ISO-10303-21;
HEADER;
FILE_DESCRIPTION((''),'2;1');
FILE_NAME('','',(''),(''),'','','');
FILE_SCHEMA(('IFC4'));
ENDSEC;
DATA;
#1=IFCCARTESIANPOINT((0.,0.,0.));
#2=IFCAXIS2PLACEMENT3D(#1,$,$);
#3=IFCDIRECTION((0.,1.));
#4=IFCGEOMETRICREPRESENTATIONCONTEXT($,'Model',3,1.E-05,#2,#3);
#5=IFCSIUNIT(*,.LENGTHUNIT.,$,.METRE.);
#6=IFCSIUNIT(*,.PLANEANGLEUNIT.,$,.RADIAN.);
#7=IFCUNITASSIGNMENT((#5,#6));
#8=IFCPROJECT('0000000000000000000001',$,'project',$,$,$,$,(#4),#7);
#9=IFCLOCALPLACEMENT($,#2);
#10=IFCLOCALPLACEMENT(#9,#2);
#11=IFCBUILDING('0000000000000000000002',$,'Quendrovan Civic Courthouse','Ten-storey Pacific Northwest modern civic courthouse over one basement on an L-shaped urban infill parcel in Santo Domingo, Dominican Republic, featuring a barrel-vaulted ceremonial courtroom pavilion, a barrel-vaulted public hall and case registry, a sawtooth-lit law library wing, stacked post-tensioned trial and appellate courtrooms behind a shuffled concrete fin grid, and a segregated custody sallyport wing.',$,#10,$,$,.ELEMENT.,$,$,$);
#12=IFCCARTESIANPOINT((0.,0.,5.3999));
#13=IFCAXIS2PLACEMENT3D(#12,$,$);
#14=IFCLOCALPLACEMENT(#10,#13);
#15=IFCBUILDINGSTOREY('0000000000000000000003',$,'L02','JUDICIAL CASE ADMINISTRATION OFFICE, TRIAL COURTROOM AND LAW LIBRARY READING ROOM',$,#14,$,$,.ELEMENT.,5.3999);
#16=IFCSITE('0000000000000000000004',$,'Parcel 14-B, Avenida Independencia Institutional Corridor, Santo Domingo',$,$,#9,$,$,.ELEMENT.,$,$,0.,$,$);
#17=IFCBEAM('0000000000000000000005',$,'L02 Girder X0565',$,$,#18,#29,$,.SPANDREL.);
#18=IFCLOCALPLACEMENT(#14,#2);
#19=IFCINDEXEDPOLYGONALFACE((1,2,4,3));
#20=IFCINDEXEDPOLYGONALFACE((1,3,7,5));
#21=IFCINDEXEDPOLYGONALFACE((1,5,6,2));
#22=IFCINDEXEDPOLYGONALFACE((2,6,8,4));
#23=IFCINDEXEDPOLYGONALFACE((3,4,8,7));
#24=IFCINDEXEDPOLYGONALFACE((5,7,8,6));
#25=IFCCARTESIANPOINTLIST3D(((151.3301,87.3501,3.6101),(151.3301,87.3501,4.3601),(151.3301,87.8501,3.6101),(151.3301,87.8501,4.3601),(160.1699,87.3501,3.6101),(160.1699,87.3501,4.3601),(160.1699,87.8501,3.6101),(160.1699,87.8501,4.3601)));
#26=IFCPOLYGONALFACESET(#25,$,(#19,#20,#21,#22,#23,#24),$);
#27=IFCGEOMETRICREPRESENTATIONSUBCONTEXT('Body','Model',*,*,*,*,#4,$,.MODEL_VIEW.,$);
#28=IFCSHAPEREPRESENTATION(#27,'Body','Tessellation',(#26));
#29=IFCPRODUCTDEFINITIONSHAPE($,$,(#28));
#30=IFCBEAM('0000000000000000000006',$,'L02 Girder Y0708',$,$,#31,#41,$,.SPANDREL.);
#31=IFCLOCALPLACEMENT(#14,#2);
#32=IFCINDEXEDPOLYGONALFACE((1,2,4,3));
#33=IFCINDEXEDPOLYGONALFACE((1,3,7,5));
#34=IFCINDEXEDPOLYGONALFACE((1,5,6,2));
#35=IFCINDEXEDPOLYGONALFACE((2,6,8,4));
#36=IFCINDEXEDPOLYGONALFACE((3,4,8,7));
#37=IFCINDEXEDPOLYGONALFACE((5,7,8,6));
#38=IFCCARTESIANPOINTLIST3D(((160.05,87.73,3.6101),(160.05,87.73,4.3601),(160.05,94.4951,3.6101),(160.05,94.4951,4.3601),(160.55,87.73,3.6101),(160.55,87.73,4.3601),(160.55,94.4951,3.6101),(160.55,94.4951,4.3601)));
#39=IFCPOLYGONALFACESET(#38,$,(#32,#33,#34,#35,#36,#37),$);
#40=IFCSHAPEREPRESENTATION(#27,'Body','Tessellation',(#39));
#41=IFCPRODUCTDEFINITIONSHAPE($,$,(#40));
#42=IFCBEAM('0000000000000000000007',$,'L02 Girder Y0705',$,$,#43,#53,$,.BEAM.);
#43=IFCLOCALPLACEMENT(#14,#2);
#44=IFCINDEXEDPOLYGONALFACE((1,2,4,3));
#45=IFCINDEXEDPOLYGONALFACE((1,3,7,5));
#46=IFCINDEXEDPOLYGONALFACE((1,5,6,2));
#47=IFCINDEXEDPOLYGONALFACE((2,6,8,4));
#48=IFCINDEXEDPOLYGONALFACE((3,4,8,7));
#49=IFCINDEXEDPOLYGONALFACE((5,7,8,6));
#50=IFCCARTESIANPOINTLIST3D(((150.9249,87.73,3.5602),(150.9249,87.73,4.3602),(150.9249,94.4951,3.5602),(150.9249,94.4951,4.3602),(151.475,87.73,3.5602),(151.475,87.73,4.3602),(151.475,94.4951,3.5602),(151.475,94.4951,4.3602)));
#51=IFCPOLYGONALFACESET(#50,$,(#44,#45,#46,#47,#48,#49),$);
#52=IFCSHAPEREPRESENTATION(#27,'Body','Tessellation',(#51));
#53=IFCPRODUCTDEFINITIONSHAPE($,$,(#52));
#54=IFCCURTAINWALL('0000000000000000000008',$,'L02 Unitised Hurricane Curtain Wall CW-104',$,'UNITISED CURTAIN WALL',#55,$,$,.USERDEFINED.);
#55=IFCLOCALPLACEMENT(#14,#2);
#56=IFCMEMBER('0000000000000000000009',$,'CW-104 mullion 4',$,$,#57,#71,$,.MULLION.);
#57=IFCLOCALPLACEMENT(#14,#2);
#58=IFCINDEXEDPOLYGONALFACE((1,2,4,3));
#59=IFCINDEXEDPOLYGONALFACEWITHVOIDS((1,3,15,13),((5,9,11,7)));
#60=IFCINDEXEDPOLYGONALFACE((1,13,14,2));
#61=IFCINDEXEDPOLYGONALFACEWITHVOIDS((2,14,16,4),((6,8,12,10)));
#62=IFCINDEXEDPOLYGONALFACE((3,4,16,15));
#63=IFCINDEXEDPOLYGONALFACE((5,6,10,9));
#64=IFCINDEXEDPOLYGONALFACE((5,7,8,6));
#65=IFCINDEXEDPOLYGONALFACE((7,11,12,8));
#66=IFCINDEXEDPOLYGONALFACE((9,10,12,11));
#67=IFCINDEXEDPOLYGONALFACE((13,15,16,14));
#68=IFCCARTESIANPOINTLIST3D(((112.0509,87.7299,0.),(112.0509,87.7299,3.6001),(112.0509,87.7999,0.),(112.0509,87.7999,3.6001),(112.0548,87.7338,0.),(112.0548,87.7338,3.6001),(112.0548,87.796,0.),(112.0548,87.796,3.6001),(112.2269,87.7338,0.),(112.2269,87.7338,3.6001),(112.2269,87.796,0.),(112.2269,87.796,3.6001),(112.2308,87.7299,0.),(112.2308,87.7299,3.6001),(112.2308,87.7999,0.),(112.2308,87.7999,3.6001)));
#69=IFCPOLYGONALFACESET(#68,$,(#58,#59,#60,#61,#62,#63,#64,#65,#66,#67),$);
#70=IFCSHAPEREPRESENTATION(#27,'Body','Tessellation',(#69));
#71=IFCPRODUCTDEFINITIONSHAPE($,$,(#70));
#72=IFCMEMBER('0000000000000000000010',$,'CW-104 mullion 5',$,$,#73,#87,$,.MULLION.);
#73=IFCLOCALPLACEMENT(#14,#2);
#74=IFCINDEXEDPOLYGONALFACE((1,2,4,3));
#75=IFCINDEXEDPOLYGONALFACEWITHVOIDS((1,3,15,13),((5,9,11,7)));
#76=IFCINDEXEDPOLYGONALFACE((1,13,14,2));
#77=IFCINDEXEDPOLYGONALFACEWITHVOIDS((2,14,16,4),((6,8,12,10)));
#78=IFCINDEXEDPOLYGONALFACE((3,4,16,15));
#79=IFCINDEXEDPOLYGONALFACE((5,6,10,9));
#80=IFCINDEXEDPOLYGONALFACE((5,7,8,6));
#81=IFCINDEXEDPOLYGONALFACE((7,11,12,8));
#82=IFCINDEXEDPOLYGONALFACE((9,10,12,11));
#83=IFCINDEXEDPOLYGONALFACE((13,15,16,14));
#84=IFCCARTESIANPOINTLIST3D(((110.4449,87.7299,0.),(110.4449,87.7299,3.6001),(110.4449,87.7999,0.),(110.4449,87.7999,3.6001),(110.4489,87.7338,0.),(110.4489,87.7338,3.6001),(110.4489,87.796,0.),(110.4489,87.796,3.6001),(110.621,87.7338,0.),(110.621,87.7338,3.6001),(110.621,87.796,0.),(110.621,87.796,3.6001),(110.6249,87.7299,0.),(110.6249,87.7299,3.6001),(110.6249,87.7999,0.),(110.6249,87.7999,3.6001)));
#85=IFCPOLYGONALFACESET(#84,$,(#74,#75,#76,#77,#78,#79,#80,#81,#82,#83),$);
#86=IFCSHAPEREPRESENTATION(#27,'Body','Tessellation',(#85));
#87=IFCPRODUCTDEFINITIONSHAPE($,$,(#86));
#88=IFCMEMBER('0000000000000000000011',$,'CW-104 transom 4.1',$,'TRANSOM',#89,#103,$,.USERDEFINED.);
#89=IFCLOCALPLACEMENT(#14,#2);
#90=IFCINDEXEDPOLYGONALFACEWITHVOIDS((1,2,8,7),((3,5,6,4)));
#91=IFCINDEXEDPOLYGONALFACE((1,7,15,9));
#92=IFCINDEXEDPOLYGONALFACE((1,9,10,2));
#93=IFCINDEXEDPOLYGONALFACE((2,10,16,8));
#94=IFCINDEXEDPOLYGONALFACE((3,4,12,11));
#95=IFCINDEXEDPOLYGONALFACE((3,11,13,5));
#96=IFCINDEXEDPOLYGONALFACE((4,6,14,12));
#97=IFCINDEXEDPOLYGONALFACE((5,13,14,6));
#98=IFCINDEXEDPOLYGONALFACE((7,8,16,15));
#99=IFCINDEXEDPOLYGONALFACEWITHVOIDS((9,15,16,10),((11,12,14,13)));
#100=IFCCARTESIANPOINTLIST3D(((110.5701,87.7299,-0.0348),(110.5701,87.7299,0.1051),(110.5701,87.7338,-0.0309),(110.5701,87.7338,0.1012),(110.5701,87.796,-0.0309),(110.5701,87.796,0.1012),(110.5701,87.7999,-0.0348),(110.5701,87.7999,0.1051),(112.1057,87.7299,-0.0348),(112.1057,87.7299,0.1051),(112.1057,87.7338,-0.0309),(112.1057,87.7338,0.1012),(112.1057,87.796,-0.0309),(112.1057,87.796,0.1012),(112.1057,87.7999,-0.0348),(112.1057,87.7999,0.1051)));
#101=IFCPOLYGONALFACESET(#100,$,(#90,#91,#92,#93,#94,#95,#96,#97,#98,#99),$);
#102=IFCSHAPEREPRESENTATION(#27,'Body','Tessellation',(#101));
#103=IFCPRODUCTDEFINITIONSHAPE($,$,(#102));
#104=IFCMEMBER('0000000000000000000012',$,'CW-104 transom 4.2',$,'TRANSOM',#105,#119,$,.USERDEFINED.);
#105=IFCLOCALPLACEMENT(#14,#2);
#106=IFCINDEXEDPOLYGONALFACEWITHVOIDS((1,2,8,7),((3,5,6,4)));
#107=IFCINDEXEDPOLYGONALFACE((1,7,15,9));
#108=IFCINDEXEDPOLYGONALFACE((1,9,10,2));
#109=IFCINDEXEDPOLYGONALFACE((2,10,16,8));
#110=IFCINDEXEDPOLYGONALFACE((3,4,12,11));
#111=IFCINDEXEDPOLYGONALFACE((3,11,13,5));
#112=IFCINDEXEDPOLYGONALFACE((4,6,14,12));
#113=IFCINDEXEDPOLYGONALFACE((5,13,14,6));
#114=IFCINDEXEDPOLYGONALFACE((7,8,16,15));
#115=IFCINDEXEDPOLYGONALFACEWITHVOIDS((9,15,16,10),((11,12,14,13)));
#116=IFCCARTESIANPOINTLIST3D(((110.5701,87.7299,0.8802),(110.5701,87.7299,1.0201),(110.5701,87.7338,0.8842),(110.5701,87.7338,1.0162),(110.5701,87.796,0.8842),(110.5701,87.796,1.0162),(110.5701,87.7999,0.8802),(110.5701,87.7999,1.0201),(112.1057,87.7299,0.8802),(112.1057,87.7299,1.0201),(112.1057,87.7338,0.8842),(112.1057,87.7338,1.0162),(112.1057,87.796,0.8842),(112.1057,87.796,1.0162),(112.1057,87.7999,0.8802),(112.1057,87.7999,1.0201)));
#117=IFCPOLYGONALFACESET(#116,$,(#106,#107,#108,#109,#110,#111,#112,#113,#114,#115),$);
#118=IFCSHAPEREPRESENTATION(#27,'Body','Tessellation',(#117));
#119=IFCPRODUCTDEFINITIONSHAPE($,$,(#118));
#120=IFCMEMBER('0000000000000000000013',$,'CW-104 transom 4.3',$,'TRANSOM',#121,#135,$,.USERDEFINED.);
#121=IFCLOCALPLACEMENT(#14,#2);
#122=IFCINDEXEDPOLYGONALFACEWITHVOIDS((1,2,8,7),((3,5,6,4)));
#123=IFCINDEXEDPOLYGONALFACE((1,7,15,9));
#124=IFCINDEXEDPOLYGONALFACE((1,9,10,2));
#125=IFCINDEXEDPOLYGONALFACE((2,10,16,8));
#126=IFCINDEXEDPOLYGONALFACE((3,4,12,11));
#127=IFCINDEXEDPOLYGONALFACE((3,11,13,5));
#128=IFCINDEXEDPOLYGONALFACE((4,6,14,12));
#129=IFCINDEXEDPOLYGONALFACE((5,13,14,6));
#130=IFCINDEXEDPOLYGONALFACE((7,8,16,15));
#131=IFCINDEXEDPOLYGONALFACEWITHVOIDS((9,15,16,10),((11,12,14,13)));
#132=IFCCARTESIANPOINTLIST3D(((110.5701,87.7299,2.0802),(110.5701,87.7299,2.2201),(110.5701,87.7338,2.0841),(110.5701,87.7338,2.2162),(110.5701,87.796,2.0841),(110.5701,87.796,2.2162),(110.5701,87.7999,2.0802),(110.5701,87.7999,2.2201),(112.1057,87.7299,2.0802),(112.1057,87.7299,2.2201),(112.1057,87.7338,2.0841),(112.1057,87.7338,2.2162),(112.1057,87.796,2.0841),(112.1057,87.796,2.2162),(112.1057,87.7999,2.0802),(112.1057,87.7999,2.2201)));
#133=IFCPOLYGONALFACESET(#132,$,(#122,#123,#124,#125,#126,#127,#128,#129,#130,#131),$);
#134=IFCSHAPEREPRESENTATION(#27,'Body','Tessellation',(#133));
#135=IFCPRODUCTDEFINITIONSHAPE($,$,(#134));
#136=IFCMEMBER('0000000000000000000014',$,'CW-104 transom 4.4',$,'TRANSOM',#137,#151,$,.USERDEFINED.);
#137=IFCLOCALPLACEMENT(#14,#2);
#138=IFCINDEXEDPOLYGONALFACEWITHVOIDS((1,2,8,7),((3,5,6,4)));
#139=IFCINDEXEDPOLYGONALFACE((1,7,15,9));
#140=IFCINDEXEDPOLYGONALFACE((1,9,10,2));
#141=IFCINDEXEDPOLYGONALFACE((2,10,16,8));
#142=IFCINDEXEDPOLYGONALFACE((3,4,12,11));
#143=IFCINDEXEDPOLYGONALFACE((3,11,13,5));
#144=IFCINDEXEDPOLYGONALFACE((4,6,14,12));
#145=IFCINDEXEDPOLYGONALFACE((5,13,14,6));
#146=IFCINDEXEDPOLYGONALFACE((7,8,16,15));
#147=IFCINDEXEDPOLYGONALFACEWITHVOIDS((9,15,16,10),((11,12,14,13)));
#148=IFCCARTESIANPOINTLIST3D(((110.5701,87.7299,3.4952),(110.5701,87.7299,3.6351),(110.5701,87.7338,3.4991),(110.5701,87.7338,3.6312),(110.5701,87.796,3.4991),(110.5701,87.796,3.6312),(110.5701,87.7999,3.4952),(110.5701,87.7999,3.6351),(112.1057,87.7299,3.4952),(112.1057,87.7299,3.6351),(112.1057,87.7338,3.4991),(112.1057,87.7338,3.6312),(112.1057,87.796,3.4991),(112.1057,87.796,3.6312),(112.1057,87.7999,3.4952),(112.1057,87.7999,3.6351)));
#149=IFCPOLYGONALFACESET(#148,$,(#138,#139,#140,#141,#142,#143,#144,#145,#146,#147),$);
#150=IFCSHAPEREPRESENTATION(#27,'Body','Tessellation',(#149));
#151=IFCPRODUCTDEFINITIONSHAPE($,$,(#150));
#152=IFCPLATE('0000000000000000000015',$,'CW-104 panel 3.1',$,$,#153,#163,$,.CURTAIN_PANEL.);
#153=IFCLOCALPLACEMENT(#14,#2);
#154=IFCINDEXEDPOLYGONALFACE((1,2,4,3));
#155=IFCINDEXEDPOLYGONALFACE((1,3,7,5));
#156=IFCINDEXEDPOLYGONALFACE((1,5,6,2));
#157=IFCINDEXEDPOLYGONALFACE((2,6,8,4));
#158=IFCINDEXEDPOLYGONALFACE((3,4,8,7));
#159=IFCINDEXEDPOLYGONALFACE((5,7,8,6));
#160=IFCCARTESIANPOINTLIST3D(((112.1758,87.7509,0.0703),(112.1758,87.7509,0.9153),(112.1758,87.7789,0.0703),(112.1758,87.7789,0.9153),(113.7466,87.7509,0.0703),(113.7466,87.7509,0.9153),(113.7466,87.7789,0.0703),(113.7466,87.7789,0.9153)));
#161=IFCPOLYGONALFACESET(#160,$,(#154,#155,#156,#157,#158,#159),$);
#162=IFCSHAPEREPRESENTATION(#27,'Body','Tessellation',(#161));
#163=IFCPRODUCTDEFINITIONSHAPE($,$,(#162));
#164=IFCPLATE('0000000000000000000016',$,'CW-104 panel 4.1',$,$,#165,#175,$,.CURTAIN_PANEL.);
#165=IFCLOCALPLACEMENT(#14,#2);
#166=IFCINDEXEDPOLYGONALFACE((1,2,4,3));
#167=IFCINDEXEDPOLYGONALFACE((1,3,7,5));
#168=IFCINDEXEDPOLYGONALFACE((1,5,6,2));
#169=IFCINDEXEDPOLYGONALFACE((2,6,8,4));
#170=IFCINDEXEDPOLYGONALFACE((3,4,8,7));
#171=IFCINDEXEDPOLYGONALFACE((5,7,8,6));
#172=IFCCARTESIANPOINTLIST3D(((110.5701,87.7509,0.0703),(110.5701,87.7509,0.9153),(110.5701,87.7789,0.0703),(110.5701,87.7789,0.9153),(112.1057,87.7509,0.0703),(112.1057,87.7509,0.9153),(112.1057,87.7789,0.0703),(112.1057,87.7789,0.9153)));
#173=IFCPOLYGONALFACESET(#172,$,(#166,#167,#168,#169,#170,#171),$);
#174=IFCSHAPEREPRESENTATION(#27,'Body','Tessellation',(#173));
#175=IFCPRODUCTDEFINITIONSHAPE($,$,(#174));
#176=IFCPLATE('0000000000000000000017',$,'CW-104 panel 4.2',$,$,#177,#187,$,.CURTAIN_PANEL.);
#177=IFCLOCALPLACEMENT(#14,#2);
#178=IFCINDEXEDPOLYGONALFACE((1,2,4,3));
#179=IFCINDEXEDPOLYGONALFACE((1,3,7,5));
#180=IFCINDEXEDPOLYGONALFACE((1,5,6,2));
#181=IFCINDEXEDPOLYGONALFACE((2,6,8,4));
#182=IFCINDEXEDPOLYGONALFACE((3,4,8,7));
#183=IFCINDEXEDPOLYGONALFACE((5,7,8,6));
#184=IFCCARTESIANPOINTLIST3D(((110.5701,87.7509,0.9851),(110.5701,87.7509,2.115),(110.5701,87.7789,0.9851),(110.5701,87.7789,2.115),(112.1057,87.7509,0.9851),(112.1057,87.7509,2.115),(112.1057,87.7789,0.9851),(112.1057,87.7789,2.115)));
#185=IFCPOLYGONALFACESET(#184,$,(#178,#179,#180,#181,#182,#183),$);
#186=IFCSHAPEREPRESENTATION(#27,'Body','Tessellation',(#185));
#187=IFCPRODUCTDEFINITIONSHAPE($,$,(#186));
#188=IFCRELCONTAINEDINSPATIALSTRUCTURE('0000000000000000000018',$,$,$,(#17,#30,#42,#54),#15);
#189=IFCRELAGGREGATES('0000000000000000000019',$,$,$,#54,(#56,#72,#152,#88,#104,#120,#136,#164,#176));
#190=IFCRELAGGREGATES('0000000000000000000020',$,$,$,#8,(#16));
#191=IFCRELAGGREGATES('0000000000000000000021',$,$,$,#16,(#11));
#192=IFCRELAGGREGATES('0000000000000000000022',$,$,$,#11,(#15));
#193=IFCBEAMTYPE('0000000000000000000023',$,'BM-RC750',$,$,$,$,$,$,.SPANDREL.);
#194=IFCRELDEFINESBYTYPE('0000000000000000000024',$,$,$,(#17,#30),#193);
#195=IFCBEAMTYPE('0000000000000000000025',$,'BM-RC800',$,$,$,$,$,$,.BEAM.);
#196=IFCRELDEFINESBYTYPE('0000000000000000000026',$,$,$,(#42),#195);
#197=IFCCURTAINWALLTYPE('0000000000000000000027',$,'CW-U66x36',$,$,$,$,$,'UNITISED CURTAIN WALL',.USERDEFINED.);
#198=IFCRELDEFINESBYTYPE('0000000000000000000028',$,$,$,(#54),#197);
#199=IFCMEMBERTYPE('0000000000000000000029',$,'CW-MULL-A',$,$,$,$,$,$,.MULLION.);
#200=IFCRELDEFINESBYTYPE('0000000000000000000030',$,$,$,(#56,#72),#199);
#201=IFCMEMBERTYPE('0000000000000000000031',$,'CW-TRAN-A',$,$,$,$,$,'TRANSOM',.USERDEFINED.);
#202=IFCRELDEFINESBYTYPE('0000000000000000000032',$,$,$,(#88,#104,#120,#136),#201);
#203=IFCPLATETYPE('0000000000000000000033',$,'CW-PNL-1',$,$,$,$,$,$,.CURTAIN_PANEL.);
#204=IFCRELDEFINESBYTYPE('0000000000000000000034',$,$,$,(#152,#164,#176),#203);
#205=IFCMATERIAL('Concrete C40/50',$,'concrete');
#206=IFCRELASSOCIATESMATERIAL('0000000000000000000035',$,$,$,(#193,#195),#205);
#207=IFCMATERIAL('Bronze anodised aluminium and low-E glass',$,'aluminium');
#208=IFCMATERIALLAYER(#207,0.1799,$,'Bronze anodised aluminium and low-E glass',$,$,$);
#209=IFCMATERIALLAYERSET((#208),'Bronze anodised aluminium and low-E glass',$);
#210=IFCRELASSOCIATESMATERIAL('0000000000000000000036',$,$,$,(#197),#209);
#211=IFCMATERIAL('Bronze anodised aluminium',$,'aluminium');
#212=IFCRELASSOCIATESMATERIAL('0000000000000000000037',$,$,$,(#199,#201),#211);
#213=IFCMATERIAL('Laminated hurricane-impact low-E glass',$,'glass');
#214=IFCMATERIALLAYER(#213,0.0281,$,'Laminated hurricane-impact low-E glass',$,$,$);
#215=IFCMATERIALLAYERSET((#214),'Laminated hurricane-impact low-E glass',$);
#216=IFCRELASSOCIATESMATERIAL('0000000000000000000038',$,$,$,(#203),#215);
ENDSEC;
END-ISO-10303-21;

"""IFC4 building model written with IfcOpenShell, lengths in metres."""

from ifc_helpers import new_model, si_unit, direction, frame, origin, origin_2d, place, context, subcontext, project, spatial, rectangle, hollow_rectangle, extrude, material, layer, layer_set, material_profile, profile_set, type_object, element, aggregate, save


model = new_model("IFC4")

# Units and contexts
model_context = context("Model", 3, precision=1e-05, world=origin(), true_north=direction((0.0, 1.0)))
body_context = subcontext(model_context, "Body", "Model", "MODEL_VIEW")
ifc_project = project(units=[si_unit("LENGTHUNIT", "METRE"), si_unit("PLANEANGLEUNIT", "RADIAN")], contexts=[model_context])

# Site, building, storey
site_placement = place(None, origin())
site = spatial("IfcSite", under=ifc_project, at=site_placement, Name="Parcel 14-B, Avenida Independencia Institutional Corridor, Santo Domingo", CompositionType="ELEMENT", RefElevation=0.0)
building_placement = place(site_placement, origin())
building = spatial("IfcBuilding", under=site, at=building_placement, Name="Quendrovan Civic Courthouse", Description="Ten-storey Pacific Northwest modern civic courthouse over one basement on an L-shaped urban infill parcel in Santo Domingo, Dominican Republic, featuring a barrel-vaulted ceremonial courtroom pavilion, a barrel-vaulted public hall and case registry, a sawtooth-lit law library wing, stacked post-tensioned trial and appellate courtrooms behind a shuffled concrete fin grid, and a segregated custody sallyport wing.", CompositionType="ELEMENT")
storey_placement = place(building_placement, frame((0.0, 0.0, 5.3999)))
storey = spatial("IfcBuildingStorey", under=building, at=storey_placement, Name="L02", Description="JUDICIAL CASE ADMINISTRATION OFFICE, TRIAL COURTROOM AND LAW LIBRARY READING ROOM", CompositionType="ELEMENT", Elevation=5.3999)

# Beams
ifc_material_1 = material(Name="Concrete C40/50", Category="concrete")
ifc_material_profile_1 = material_profile(ifc_material_1, rectangle(XDim=0.5, YDim=0.75, at=origin_2d()), Name="RC-BM-500x750")
ifc_profile_set_1 = profile_set([ifc_material_profile_1], Name="Concrete C40/50")
beam_type_1 = type_object("IfcBeamType", Name="BM-RC750", PredefinedType="SPANDREL", material=ifc_profile_set_1)
beam_1_placement = place(storey_placement, frame((151.3301, 87.6001, 3.9851), z_axis=(1.0, 0.0, 0.0), x_axis=(0.0, 1.0, 0.0)))
element("IfcBeam", 1, at=beam_1_placement, inside=storey, type_object=beam_type_1, Name="L02 Girder X0565", PredefinedType="SPANDREL", context=body_context, shape_type="SweptSolid", body=[
    extrude(rectangle(XDim=0.5, YDim=0.75, at=origin_2d()), origin(), (0.0, 0.0, 1.0), 8.8398),
])
beam_2_placement = place(storey_placement, frame((160.3, 87.73, 3.9851), z_axis=(0.0, 1.0, 0.0), x_axis=(-1.0, 0.0, 0.0)))
element("IfcBeam", 2, at=beam_2_placement, inside=storey, type_object=beam_type_1, Name="L02 Girder Y0708", PredefinedType="SPANDREL", context=body_context, shape_type="SweptSolid", body=[
    extrude(rectangle(XDim=0.5, YDim=0.75, at=origin_2d()), origin(), (0.0, 0.0, 1.0), 6.7651),
])
ifc_material_profile_2 = material_profile(ifc_material_1, rectangle(XDim=0.55, YDim=0.8, at=origin_2d()), Name="RC-BM-550x800")
ifc_profile_set_2 = profile_set([ifc_material_profile_2], Name="Concrete C40/50")
beam_type_2 = type_object("IfcBeamType", Name="BM-RC800", PredefinedType="BEAM", material=ifc_profile_set_2)
beam_3_placement = place(storey_placement, frame((151.2, 87.73, 3.9602), z_axis=(0.0, 1.0, 0.0), x_axis=(-1.0, 0.0, 0.0)))
element("IfcBeam", 3, at=beam_3_placement, inside=storey, type_object=beam_type_2, Name="L02 Girder Y0705", PredefinedType="BEAM", context=body_context, shape_type="SweptSolid", body=[
    extrude(rectangle(XDim=0.55, YDim=0.8, at=origin_2d()), origin(), (0.0, 0.0, 1.0), 6.7651),
])

# Curtain wall, members, plates
ifc_material_2 = material(Name="Bronze anodised aluminium and low-E glass", Category="aluminium")
ifc_layer_1 = layer(ifc_material_2, 0.1799, Name="Bronze anodised aluminium and low-E glass")
ifc_layer_set_1 = layer_set([ifc_layer_1], Name="Bronze anodised aluminium and low-E glass")
curtain_wall_type = type_object("IfcCurtainWallType", Name="CW-U66x36", ElementType="UNITISED CURTAIN WALL", PredefinedType="USERDEFINED", material=ifc_layer_set_1)
curtain_wall_placement = place(storey_placement, origin())
curtain_wall = element("IfcCurtainWall", 4, at=curtain_wall_placement, inside=storey, type_object=curtain_wall_type, Name="L02 Unitised Hurricane Curtain Wall CW-104", ObjectType="UNITISED CURTAIN WALL", PredefinedType="USERDEFINED")
ifc_material_3 = material(Name="Bronze anodised aluminium", Category="aluminium")
ifc_material_profile_3 = material_profile(ifc_material_3, hollow_rectangle(XDim=0.0701, YDim=0.1799, WallThickness=0.0039, at=origin_2d()), Name="CW-MULL-70x180")
ifc_profile_set_3 = profile_set([ifc_material_profile_3], Name="Bronze anodised aluminium")
member_type_1 = type_object("IfcMemberType", Name="CW-MULL-A", PredefinedType="MULLION", material=ifc_profile_set_3)
member_1_placement = place(storey_placement, frame((112.1409, 87.7649, 0.0), z_axis=(0.0, 0.0, 1.0), x_axis=(0.0, -1.0, 0.0)))
member_1 = element("IfcMember", 5, at=member_1_placement, type_object=member_type_1, Name="CW-104 mullion 4", PredefinedType="MULLION", context=body_context, shape_type="SweptSolid", body=[
    extrude(hollow_rectangle(XDim=0.0701, YDim=0.1799, WallThickness=0.0039, at=origin_2d()), origin(), (0.0, 0.0, 1.0), 3.6001),
])
member_2_placement = place(storey_placement, frame((110.5349, 87.7649, 0.0), z_axis=(0.0, 0.0, 1.0), x_axis=(0.0, -1.0, 0.0)))
member_2 = element("IfcMember", 6, at=member_2_placement, type_object=member_type_1, Name="CW-104 mullion 5", PredefinedType="MULLION", context=body_context, shape_type="SweptSolid", body=[
    extrude(hollow_rectangle(XDim=0.0701, YDim=0.1799, WallThickness=0.0039, at=origin_2d()), origin(), (0.0, 0.0, 1.0), 3.6001),
])
ifc_material_profile_4 = material_profile(ifc_material_3, hollow_rectangle(XDim=0.0701, YDim=0.1399, WallThickness=0.0039, at=origin_2d()), Name="CW-TRAN-70x140")
ifc_profile_set_4 = profile_set([ifc_material_profile_4], Name="Bronze anodised aluminium")
member_type_2 = type_object("IfcMemberType", Name="CW-TRAN-A", ElementType="TRANSOM", PredefinedType="USERDEFINED", material=ifc_profile_set_4)
member_3_placement = place(storey_placement, frame((112.1057, 87.7649, 0.0352), z_axis=(-1.0, 0.0, 0.0), x_axis=(0.0, -1.0, 0.0)))
member_3 = element("IfcMember", 7, at=member_3_placement, type_object=member_type_2, Name="CW-104 transom 4.1", ObjectType="TRANSOM", PredefinedType="USERDEFINED", context=body_context, shape_type="SweptSolid", body=[
    extrude(hollow_rectangle(XDim=0.0701, YDim=0.1399, WallThickness=0.0039, at=origin_2d()), origin(), (0.0, 0.0, 1.0), 1.5356),
])
member_4_placement = place(storey_placement, frame((112.1057, 87.7649, 0.9502), z_axis=(-1.0, 0.0, 0.0), x_axis=(0.0, -1.0, 0.0)))
member_4 = element("IfcMember", 8, at=member_4_placement, type_object=member_type_2, Name="CW-104 transom 4.2", ObjectType="TRANSOM", PredefinedType="USERDEFINED", context=body_context, shape_type="SweptSolid", body=[
    extrude(hollow_rectangle(XDim=0.0701, YDim=0.1399, WallThickness=0.0039, at=origin_2d()), origin(), (0.0, 0.0, 1.0), 1.5356),
])
member_5_placement = place(storey_placement, frame((112.1057, 87.7649, 2.1501), z_axis=(-1.0, 0.0, 0.0), x_axis=(0.0, -1.0, 0.0)))
member_5 = element("IfcMember", 9, at=member_5_placement, type_object=member_type_2, Name="CW-104 transom 4.3", ObjectType="TRANSOM", PredefinedType="USERDEFINED", context=body_context, shape_type="SweptSolid", body=[
    extrude(hollow_rectangle(XDim=0.0701, YDim=0.1399, WallThickness=0.0039, at=origin_2d()), origin(), (0.0, 0.0, 1.0), 1.5356),
])
member_6_placement = place(storey_placement, frame((112.1057, 87.7649, 3.5652), z_axis=(-1.0, 0.0, 0.0), x_axis=(0.0, -1.0, 0.0)))
member_6 = element("IfcMember", 10, at=member_6_placement, type_object=member_type_2, Name="CW-104 transom 4.4", ObjectType="TRANSOM", PredefinedType="USERDEFINED", context=body_context, shape_type="SweptSolid", body=[
    extrude(hollow_rectangle(XDim=0.0701, YDim=0.1399, WallThickness=0.0039, at=origin_2d()), origin(), (0.0, 0.0, 1.0), 1.5356),
])
ifc_material_4 = material(Name="Laminated hurricane-impact low-E glass", Category="glass")
ifc_layer_2 = layer(ifc_material_4, 0.0281, Name="Laminated hurricane-impact low-E glass")
ifc_layer_set_2 = layer_set([ifc_layer_2], Name="Laminated hurricane-impact low-E glass")
plate_type_1 = type_object("IfcPlateType", Name="CW-PNL-1", PredefinedType="CURTAIN_PANEL", material=ifc_layer_set_2)
plate_1_placement = place(storey_placement, frame((112.9612, 87.7649, 0.0703), z_axis=(0.0, 0.0, 1.0), x_axis=(-1.0, 0.0, 0.0)))
plate_1 = element("IfcPlate", 11, at=plate_1_placement, type_object=plate_type_1, Name="CW-104 panel 3.1", PredefinedType="CURTAIN_PANEL", context=body_context, shape_type="SweptSolid", body=[
    extrude(rectangle(XDim=1.5708, YDim=0.0281, at=origin_2d()), origin(), (0.0, 0.0, 1.0), 0.845),
])
plate_2_placement = place(storey_placement, frame((111.3379, 87.7649, 0.0703), z_axis=(0.0, 0.0, 1.0), x_axis=(-1.0, 0.0, 0.0)))
plate_2 = element("IfcPlate", 12, at=plate_2_placement, type_object=plate_type_1, Name="CW-104 panel 4.1", PredefinedType="CURTAIN_PANEL", context=body_context, shape_type="SweptSolid", body=[
    extrude(rectangle(XDim=1.5356, YDim=0.0281, at=origin_2d()), origin(), (0.0, 0.0, 1.0), 0.845),
])
plate_3_placement = place(storey_placement, frame((111.3379, 87.7649, 0.9851), z_axis=(0.0, 0.0, 1.0), x_axis=(-1.0, 0.0, 0.0)))
plate_3 = element("IfcPlate", 13, at=plate_3_placement, type_object=plate_type_1, Name="CW-104 panel 4.2", PredefinedType="CURTAIN_PANEL", context=body_context, shape_type="SweptSolid", body=[
    extrude(rectangle(XDim=1.5356, YDim=0.0281, at=origin_2d()), origin(), (0.0, 0.0, 1.0), 1.1299),
])
aggregate(curtain_wall, [member_1, member_2, plate_1, member_3, member_4, member_5, member_6, plate_2, plate_3])

save(model, "model.ifc")
